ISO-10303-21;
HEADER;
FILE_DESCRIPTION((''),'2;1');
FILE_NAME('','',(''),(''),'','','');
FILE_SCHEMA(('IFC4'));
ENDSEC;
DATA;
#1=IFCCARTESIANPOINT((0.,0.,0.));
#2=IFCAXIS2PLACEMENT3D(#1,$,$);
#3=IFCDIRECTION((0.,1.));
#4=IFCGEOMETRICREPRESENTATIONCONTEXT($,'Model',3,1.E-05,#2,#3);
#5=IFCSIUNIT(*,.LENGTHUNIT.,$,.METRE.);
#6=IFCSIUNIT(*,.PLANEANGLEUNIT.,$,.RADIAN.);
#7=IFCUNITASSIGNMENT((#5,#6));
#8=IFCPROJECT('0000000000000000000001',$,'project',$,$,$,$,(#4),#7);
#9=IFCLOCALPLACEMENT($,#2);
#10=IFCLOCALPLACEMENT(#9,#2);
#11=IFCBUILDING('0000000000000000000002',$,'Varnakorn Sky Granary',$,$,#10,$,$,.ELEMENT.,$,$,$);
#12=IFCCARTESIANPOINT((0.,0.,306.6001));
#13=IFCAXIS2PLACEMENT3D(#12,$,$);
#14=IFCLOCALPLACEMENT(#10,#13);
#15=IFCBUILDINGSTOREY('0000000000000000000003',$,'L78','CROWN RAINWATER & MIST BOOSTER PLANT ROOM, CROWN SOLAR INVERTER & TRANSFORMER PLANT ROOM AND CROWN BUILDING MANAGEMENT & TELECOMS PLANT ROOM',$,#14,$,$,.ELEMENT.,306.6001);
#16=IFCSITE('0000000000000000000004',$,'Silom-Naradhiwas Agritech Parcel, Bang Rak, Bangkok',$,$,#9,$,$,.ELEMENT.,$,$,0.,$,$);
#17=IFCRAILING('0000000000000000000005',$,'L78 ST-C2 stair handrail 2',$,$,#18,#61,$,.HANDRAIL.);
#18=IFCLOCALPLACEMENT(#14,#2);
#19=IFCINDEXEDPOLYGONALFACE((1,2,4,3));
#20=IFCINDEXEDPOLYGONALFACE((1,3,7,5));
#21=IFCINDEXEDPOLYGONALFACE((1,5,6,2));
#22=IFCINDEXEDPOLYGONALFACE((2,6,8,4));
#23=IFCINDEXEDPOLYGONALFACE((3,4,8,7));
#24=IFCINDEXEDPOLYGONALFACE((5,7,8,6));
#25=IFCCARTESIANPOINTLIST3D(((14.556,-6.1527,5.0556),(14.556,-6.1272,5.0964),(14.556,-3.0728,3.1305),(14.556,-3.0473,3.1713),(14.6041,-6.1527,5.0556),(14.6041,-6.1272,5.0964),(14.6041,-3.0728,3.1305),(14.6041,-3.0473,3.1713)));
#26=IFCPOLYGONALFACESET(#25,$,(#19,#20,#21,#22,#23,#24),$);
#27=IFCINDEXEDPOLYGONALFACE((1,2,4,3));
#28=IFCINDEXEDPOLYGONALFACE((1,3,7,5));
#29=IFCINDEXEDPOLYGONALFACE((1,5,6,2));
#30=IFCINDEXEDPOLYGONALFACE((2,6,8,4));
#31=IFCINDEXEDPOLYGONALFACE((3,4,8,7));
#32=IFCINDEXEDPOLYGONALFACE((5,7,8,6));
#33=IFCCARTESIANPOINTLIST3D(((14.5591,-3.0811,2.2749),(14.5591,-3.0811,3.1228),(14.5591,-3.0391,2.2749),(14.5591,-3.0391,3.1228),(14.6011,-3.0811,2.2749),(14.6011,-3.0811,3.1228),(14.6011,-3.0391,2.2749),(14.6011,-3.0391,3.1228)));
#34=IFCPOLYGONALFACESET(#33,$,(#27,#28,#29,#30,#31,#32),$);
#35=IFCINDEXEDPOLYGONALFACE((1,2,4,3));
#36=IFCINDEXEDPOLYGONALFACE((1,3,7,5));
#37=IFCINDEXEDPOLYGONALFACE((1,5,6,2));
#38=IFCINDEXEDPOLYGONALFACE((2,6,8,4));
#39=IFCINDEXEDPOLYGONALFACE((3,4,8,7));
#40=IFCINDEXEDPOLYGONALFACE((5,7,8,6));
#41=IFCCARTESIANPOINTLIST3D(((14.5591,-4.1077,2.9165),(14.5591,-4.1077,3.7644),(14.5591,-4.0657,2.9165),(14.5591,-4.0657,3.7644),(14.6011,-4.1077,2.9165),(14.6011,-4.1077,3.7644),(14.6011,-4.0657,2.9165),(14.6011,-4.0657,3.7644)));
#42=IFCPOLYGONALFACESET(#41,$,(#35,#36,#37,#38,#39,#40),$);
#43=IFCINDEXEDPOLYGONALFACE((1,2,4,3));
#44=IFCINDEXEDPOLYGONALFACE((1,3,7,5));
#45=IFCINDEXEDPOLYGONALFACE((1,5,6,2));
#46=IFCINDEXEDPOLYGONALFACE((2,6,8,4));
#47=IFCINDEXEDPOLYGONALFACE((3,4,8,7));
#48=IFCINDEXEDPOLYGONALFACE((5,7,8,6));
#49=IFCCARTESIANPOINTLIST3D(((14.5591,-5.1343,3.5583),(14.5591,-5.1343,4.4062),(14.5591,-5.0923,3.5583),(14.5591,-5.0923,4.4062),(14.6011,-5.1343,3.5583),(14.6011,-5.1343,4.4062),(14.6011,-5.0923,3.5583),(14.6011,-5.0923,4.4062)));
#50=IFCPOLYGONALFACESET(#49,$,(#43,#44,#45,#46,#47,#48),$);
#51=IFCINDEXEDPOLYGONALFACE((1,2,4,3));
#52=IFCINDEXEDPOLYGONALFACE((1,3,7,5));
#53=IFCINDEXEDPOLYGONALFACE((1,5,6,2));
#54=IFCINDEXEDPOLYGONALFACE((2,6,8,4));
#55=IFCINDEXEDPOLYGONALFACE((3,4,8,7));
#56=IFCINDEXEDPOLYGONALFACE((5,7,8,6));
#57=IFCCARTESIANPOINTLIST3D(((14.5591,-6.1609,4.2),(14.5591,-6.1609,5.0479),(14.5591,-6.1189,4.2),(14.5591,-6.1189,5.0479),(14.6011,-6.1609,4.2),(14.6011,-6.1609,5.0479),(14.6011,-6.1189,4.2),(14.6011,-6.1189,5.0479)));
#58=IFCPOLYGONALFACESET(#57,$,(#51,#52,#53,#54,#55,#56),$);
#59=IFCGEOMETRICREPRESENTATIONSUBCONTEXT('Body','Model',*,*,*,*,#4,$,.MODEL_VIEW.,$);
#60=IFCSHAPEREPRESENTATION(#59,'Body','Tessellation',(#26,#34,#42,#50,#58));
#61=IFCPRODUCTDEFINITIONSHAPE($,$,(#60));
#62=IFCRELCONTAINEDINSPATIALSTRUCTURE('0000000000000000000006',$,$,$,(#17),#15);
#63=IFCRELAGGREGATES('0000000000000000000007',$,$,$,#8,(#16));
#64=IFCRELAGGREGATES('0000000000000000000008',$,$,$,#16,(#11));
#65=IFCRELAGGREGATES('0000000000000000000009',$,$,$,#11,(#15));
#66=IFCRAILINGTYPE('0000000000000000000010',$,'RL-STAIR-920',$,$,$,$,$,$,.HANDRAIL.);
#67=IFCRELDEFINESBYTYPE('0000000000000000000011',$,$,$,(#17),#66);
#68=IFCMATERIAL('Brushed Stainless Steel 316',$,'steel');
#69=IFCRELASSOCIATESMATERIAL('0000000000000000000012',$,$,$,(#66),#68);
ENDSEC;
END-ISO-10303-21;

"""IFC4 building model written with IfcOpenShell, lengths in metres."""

from ifc_helpers import new_model, si_unit, direction, frame, origin, origin_2d, place, context, subcontext, project, spatial, rectangle, extrude, material, type_object, element, save


model = new_model("IFC4")

# Units and contexts
model_context = context("Model", 3, precision=1e-05, world=origin(), true_north=direction((0.0, 1.0)))
body_context = subcontext(model_context, "Body", "Model", "MODEL_VIEW")
ifc_project = project(units=[si_unit("LENGTHUNIT", "METRE"), si_unit("PLANEANGLEUNIT", "RADIAN")], contexts=[model_context])

# Site, building, storey
site_placement = place(None, origin())
site = spatial("IfcSite", under=ifc_project, at=site_placement, Name="Silom-Naradhiwas Agritech Parcel, Bang Rak, Bangkok", CompositionType="ELEMENT", RefElevation=0.0)
building_placement = place(site_placement, origin())
building = spatial("IfcBuilding", under=site, at=building_placement, Name="Varnakorn Sky Granary", CompositionType="ELEMENT")
storey_placement = place(building_placement, frame((0.0, 0.0, 306.6001)))
storey = spatial("IfcBuildingStorey", under=building, at=storey_placement, Name="L78", Description="CROWN RAINWATER & MIST BOOSTER PLANT ROOM, CROWN SOLAR INVERTER & TRANSFORMER PLANT ROOM AND CROWN BUILDING MANAGEMENT & TELECOMS PLANT ROOM", CompositionType="ELEMENT", Elevation=306.6001)

# Railing
ifc_material_1 = material(Name="Brushed Stainless Steel 316", Category="steel")
railing_type_1 = type_object("IfcRailingType", Name="RL-STAIR-920", PredefinedType="HANDRAIL", material=ifc_material_1)
railing_1_placement = place(storey_placement, frame((14.5801, -3.0601, 2.2749)))
element("IfcRailing", 1, at=railing_1_placement, inside=storey, type_object=railing_type_1, Name="L78 ST-C2 stair handrail 2", PredefinedType="HANDRAIL", context=body_context, shape_type="SweptSolid", body=[
    extrude(rectangle(XDim=0.0481, YDim=0.0481, at=origin_2d()), frame((0.0, 0.0, 0.876), z_axis=(0.0, -0.847979, 0.530029), x_axis=(1.0, 0.0, 0.0)), (0.0, 0.0, 1.0), 3.6321),
    extrude(rectangle(XDim=0.042, YDim=0.042, at=origin_2d()), origin(), (0.0, 0.0, 1.0), 0.8479),
    extrude(rectangle(XDim=0.042, YDim=0.042, at=origin_2d()), frame((0.0, -1.0266, 0.6416)), (0.0, 0.0, 1.0), 0.8479),
    extrude(rectangle(XDim=0.042, YDim=0.042, at=origin_2d()), frame((0.0, -2.0532, 1.2834)), (0.0, 0.0, 1.0), 0.8479),
    extrude(rectangle(XDim=0.042, YDim=0.042, at=origin_2d()), frame((0.0, -3.0798, 1.925)), (0.0, 0.0, 1.0), 0.8479),
])

save(model, "model.ifc")
